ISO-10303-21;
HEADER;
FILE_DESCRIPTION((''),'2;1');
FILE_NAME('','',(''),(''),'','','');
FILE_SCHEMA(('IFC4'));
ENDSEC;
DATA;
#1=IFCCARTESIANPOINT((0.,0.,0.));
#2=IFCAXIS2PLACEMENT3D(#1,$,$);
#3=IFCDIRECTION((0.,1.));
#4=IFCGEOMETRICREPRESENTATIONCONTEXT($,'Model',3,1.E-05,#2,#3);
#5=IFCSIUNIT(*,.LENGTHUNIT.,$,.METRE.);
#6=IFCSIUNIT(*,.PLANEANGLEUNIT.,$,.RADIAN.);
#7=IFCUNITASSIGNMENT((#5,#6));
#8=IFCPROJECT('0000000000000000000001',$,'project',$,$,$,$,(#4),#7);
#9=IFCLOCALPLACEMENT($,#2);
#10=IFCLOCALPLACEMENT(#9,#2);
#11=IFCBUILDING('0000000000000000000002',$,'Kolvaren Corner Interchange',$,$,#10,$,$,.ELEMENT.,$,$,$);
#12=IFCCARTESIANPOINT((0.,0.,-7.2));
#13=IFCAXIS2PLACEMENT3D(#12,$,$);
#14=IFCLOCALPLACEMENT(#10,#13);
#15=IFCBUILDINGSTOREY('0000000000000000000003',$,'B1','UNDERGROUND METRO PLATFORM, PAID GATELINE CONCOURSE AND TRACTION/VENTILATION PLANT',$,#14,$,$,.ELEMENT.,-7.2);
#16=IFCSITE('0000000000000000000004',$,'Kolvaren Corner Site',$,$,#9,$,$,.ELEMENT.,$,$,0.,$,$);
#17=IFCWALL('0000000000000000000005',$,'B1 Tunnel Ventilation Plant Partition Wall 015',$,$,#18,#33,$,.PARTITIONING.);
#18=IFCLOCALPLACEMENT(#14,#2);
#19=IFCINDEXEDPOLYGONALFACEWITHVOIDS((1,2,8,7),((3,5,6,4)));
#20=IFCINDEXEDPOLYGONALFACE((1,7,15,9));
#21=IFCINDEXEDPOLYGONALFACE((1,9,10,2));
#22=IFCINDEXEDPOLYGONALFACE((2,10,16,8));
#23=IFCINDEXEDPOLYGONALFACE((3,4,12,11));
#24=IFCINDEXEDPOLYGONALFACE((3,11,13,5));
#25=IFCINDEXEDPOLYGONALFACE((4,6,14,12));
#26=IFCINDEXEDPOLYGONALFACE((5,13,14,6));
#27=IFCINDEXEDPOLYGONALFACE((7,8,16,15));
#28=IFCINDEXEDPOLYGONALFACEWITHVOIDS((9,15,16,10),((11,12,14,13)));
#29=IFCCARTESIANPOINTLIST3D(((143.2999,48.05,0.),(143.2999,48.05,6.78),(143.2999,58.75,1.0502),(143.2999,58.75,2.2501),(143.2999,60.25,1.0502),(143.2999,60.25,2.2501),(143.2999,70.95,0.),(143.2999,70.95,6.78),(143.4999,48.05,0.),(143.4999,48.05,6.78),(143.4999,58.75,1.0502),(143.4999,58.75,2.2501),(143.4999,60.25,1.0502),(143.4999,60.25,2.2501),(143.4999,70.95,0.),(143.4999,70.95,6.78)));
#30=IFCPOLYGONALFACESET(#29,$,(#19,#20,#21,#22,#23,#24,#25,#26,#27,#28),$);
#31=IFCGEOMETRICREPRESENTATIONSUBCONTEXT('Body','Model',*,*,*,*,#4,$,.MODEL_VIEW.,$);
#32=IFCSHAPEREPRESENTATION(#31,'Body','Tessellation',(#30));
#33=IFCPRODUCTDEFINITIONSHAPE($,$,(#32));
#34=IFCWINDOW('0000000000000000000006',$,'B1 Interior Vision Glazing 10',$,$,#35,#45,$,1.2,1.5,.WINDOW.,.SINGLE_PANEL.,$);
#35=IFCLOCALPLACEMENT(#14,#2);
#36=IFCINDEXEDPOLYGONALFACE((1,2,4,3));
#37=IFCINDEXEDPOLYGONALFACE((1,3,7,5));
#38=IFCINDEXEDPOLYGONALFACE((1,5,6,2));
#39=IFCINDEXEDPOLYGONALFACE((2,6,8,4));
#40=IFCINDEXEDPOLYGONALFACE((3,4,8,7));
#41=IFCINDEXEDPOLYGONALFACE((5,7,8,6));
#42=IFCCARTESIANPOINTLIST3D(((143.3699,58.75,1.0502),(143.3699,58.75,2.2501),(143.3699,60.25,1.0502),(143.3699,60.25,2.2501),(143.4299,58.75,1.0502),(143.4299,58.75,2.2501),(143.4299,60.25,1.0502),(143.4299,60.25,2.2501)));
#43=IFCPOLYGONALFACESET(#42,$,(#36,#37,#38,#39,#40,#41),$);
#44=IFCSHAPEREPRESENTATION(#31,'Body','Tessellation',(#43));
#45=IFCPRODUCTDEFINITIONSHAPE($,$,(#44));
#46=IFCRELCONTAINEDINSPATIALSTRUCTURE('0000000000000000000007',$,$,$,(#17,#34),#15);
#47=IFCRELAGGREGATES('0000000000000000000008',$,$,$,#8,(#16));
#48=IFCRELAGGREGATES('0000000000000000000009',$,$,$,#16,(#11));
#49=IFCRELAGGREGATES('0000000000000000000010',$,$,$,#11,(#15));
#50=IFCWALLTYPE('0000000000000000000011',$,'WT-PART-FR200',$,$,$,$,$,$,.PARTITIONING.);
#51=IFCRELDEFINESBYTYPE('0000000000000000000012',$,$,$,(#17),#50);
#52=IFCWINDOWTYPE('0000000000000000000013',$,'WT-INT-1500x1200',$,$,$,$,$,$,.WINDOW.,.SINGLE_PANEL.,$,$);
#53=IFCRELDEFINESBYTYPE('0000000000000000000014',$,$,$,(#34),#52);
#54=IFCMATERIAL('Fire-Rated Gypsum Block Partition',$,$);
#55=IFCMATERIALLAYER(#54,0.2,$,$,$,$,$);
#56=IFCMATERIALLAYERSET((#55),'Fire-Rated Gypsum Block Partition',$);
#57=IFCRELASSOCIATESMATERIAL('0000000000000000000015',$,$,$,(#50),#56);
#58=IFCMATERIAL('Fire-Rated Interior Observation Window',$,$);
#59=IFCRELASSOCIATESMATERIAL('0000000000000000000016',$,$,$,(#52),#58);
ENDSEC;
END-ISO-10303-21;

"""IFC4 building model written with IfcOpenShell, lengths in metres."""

from ifc_helpers import new_model, si_unit, direction, frame, frame_2d, origin, place, context, subcontext, project, spatial, rectangle, extrude, material, layer, layer_set, type_object, element, fill, save


model = new_model("IFC4")

# Units and contexts
model_context = context("Model", 3, precision=1e-05, world=origin(), true_north=direction((0.0, 1.0)))
body_context = subcontext(model_context, "Body", "Model", "MODEL_VIEW")
ifc_project = project(units=[si_unit("LENGTHUNIT", "METRE"), si_unit("PLANEANGLEUNIT", "RADIAN")], contexts=[model_context])

# Site, building, storey
site_placement = place(None, origin())
site = spatial("IfcSite", under=ifc_project, at=site_placement, Name="Kolvaren Corner Site", CompositionType="ELEMENT", RefElevation=0.0)
building_placement = place(site_placement, origin())
building = spatial("IfcBuilding", under=site, at=building_placement, Name="Kolvaren Corner Interchange", CompositionType="ELEMENT")
storey_placement = place(building_placement, frame((0.0, 0.0, -7.2)))
storey = spatial("IfcBuildingStorey", under=building, at=storey_placement, Name="B1", Description="UNDERGROUND METRO PLATFORM, PAID GATELINE CONCOURSE AND TRACTION/VENTILATION PLANT", CompositionType="ELEMENT", Elevation=-7.2)

# Wall, opening, window
ifc_material_1 = material(Name="Fire-Rated Gypsum Block Partition")
ifc_layer = layer(ifc_material_1, 0.2)
ifc_layer_set = layer_set([ifc_layer], Name="Fire-Rated Gypsum Block Partition")
wall_type = type_object("IfcWallType", Name="WT-PART-FR200", PredefinedType="PARTITIONING", material=ifc_layer_set)
ifc_material_2 = material(Name="Fire-Rated Interior Observation Window")
window_type = type_object("IfcWindowType", Name="WT-INT-1500x1200", PartitioningType="SINGLE_PANEL", PredefinedType="WINDOW", material=ifc_material_2)
wall_1_placement = place(storey_placement, frame((143.3999, 48.05, 0.0), z_axis=(0.0, 0.0, 1.0), x_axis=(0.0, 1.0, 0.0)))
wall_1 = element("IfcWall", 1, at=wall_1_placement, inside=storey, type_object=wall_type, Name="B1 Tunnel Ventilation Plant Partition Wall 015", PredefinedType="PARTITIONING", context=body_context, shape_type="SweptSolid", body=[
    extrude(rectangle(XDim=22.8999, YDim=0.2, at=frame_2d((11.45, 0.0))), origin(), (0.0, 0.0, 1.0), 6.78),
])
opening_1_placement = place(wall_1_placement, frame((10.7, 0.0, 1.05)))
opening_1 = element("IfcOpeningElement", 2, at=opening_1_placement, cuts=wall_1, PredefinedType="OPENING", context=body_context, shape_type="SweptSolid", body=[
    extrude(rectangle(XDim=1.5, YDim=1.2, at=frame_2d((0.75, 0.6001))), frame((0.0, 0.1099, 0.0), z_axis=(0.0, -1.0, 0.0), x_axis=(1.0, 0.0, 0.0)), (0.0, 0.0, 1.0), 0.22),
])
window_1_placement = place(opening_1_placement, origin())
window_1 = element("IfcWindow", 3, at=window_1_placement, inside=storey, type_object=window_type, Name="B1 Interior Vision Glazing 10", OverallHeight=1.2, OverallWidth=1.5, PartitioningType="SINGLE_PANEL", PredefinedType="WINDOW", context=body_context, shape_type="SweptSolid", body=[
    extrude(rectangle(XDim=1.5, YDim=1.2, at=frame_2d((0.75, 0.6001))), frame((0.0, 0.03, 0.0), z_axis=(0.0, -1.0, 0.0), x_axis=(1.0, 0.0, 0.0)), (0.0, 0.0, 1.0), 0.0601),
])
fill(opening_1, window_1)

save(model, "model.ifc")
